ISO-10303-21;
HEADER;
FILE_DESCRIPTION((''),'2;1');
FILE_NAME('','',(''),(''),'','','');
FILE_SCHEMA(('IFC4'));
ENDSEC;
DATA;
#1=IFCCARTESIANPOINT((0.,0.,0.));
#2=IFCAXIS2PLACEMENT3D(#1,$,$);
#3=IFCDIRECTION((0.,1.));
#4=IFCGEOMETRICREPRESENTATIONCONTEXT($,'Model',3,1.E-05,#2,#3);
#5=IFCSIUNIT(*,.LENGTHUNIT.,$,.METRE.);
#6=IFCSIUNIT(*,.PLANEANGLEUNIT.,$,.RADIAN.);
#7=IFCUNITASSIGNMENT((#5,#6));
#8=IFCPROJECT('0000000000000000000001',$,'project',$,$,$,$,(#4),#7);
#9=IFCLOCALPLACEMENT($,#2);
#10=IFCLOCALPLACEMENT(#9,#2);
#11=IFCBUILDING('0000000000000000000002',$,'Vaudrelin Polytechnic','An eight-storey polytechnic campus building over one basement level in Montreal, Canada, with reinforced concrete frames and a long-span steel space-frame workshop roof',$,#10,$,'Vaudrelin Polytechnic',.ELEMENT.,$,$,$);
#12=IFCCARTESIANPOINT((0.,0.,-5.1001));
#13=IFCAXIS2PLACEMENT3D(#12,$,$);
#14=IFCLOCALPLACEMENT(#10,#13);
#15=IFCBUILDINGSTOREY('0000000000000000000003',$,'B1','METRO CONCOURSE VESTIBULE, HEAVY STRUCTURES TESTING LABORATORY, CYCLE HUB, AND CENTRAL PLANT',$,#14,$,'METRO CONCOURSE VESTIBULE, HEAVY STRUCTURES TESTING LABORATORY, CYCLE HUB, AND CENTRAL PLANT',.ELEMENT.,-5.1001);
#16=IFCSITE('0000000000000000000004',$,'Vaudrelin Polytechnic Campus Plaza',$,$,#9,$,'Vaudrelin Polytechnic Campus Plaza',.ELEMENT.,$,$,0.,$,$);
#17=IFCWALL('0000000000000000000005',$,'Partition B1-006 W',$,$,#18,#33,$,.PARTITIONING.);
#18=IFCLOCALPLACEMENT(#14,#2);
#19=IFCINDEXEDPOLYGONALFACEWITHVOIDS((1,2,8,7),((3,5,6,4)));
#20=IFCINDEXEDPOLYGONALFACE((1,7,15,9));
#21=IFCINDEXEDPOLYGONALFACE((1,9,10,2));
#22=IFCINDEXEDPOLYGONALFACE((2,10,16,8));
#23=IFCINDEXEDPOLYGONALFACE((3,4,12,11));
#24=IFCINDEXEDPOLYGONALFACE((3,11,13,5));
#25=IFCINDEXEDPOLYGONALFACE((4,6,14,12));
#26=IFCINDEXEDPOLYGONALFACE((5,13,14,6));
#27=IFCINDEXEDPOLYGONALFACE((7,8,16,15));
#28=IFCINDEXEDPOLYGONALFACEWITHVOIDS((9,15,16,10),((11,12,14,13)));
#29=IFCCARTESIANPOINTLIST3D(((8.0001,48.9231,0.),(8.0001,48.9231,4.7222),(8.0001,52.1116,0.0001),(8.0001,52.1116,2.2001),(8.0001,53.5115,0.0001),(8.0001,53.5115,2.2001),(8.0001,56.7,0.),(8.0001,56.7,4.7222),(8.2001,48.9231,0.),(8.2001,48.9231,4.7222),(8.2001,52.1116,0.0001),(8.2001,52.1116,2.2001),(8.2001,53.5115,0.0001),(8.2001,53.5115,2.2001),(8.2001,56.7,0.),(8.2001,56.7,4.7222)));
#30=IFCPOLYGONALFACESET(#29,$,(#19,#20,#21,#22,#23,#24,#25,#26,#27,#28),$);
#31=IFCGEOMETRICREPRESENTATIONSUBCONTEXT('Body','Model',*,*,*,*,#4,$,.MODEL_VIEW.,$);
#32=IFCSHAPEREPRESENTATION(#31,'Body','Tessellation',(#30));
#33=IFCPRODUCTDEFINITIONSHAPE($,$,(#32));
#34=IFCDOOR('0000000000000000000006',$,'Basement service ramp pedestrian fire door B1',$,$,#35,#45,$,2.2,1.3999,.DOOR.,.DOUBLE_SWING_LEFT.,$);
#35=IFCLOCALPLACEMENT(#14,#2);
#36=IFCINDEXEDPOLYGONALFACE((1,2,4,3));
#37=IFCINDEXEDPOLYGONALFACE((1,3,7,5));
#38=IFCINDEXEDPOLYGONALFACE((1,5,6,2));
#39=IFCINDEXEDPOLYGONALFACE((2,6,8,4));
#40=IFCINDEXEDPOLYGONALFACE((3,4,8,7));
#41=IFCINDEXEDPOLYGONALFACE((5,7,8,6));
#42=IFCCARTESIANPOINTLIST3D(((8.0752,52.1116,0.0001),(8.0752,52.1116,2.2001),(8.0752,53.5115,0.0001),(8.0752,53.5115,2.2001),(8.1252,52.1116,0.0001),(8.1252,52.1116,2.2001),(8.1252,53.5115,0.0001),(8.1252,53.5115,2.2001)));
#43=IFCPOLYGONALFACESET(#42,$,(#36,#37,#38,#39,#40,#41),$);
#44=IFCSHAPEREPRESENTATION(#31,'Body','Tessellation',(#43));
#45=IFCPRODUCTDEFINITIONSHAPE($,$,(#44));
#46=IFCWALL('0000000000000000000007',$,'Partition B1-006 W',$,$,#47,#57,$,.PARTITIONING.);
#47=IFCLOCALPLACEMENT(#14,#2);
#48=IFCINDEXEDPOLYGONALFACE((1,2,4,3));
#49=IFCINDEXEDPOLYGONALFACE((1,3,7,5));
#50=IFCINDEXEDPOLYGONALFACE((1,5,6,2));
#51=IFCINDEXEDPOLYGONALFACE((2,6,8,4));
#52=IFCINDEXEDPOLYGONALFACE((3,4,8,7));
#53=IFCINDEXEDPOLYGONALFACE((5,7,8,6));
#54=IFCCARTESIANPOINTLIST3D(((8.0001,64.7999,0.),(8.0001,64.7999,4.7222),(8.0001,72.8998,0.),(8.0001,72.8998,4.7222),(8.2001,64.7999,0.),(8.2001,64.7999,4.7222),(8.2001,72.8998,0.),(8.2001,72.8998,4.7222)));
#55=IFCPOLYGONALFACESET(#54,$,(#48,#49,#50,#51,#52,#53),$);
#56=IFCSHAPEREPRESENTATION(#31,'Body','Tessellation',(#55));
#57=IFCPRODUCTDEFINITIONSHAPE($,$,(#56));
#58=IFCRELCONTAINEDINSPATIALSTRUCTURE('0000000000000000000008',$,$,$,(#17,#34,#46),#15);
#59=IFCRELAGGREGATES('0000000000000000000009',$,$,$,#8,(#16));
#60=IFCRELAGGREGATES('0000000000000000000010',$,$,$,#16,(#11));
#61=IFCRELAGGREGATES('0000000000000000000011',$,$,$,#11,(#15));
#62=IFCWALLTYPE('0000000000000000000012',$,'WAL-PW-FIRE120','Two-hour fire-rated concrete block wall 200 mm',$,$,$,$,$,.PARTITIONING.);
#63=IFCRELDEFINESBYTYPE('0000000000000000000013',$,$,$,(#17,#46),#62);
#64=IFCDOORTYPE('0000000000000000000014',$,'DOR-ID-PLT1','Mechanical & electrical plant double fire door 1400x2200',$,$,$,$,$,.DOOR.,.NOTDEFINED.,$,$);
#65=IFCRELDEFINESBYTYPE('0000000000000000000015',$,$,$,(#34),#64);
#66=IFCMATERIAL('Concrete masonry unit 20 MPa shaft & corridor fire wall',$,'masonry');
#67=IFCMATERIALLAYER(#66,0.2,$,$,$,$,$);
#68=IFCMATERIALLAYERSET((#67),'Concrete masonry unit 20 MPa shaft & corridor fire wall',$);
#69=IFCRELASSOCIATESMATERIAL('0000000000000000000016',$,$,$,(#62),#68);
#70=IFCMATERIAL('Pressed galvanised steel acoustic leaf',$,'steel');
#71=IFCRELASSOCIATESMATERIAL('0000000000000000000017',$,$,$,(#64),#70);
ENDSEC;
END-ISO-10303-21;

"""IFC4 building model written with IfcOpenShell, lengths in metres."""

from ifc_helpers import new_model, si_unit, direction, frame, frame_2d, origin, place, context, subcontext, project, spatial, rectangle, extrude, material, layer, layer_set, type_object, element, fill, save


model = new_model("IFC4")

# Units and contexts
model_context = context("Model", 3, precision=1e-05, world=origin(), true_north=direction((0.0, 1.0)))
body_context = subcontext(model_context, "Body", "Model", "MODEL_VIEW")
ifc_project = project(units=[si_unit("LENGTHUNIT", "METRE"), si_unit("PLANEANGLEUNIT", "RADIAN")], contexts=[model_context])

# Site, building, storey
site_placement = place(None, origin())
site = spatial("IfcSite", under=ifc_project, at=site_placement, Name="Vaudrelin Polytechnic Campus Plaza", LongName="Vaudrelin Polytechnic Campus Plaza", CompositionType="ELEMENT", RefElevation=0.0)
building_placement = place(site_placement, origin())
building = spatial("IfcBuilding", under=site, at=building_placement, Name="Vaudrelin Polytechnic", Description="An eight-storey polytechnic campus building over one basement level in Montreal, Canada, with reinforced concrete frames and a long-span steel space-frame workshop roof", LongName="Vaudrelin Polytechnic", CompositionType="ELEMENT")
storey_placement = place(building_placement, frame((0.0, 0.0, -5.1001)))
storey = spatial("IfcBuildingStorey", under=building, at=storey_placement, Name="B1", Description="METRO CONCOURSE VESTIBULE, HEAVY STRUCTURES TESTING LABORATORY, CYCLE HUB, AND CENTRAL PLANT", LongName="METRO CONCOURSE VESTIBULE, HEAVY STRUCTURES TESTING LABORATORY, CYCLE HUB, AND CENTRAL PLANT", CompositionType="ELEMENT", Elevation=-5.1001)

# Shared definitions
ifc_material_1 = material(Name="Concrete masonry unit 20 MPa shaft & corridor fire wall", Category="masonry")
ifc_layer = layer(ifc_material_1, 0.2)
ifc_layer_set = layer_set([ifc_layer], Name="Concrete masonry unit 20 MPa shaft & corridor fire wall")
wall_type = type_object("IfcWallType", Name="WAL-PW-FIRE120", Description="Two-hour fire-rated concrete block wall 200 mm", PredefinedType="PARTITIONING", material=ifc_layer_set)

# Shared definitions
ifc_material_2 = material(Name="Pressed galvanised steel acoustic leaf", Category="steel")

# Wall, opening, door
wall_1_placement = place(storey_placement, frame((8.1001, 48.9231, 0.0), z_axis=(0.0, 0.0, 1.0), x_axis=(0.0, 1.0, 0.0)))
wall_1 = element("IfcWall", 1, at=wall_1_placement, inside=storey, type_object=wall_type, Name="Partition B1-006 W", PredefinedType="PARTITIONING", context=body_context, shape_type="SweptSolid", body=[
    extrude(rectangle(XDim=7.7769, YDim=0.2, at=frame_2d((3.8884, 0.0))), origin(), (0.0, 0.0, 1.0), 4.7222),
])
opening_1_placement = place(wall_1_placement, frame((3.1885, 0.0, 0.0)))
opening_1 = element("IfcOpeningElement", 2, at=opening_1_placement, cuts=wall_1, PredefinedType="OPENING", context=body_context, shape_type="SweptSolid", body=[
    extrude(rectangle(XDim=1.3999, YDim=2.2, at=frame_2d((0.7, 1.1001))), frame((0.0, 0.1099, 0.0), z_axis=(0.0, -1.0, 0.0), x_axis=(1.0, 0.0, 0.0)), (0.0, 0.0, 1.0), 0.22),
])
door_type_1 = type_object("IfcDoorType", Name="DOR-ID-PLT1", Description="Mechanical & electrical plant double fire door 1400x2200", OperationType="NOTDEFINED", PredefinedType="DOOR", material=ifc_material_2)
door_1_placement = place(opening_1_placement, origin())
door_1 = element("IfcDoor", 3, at=door_1_placement, inside=storey, type_object=door_type_1, Name="Basement service ramp pedestrian fire door B1", OperationType="DOUBLE_SWING_LEFT", OverallHeight=2.2, OverallWidth=1.3999, PredefinedType="DOOR", context=body_context, shape_type="SweptSolid", body=[
    extrude(rectangle(XDim=1.3999, YDim=2.2, at=frame_2d((0.7, 1.1001))), frame((0.0, 0.0249, 0.0), z_axis=(0.0, -1.0, 0.0), x_axis=(1.0, 0.0, 0.0)), (0.0, 0.0, 1.0), 0.05),
])
fill(opening_1, door_1)

# Wall
wall_2_placement = place(storey_placement, frame((8.1001, 64.8, 0.0), z_axis=(0.0, 0.0, 1.0), x_axis=(0.0, 1.0, 0.0)))
element("IfcWall", 4, at=wall_2_placement, inside=storey, type_object=wall_type, Name="Partition B1-006 W", PredefinedType="PARTITIONING", context=body_context, shape_type="SweptSolid", body=[
    extrude(rectangle(XDim=8.0999, YDim=0.2, at=frame_2d((4.0498, 0.0))), origin(), (0.0, 0.0, 1.0), 4.7222),
])

save(model, "model.ifc")
